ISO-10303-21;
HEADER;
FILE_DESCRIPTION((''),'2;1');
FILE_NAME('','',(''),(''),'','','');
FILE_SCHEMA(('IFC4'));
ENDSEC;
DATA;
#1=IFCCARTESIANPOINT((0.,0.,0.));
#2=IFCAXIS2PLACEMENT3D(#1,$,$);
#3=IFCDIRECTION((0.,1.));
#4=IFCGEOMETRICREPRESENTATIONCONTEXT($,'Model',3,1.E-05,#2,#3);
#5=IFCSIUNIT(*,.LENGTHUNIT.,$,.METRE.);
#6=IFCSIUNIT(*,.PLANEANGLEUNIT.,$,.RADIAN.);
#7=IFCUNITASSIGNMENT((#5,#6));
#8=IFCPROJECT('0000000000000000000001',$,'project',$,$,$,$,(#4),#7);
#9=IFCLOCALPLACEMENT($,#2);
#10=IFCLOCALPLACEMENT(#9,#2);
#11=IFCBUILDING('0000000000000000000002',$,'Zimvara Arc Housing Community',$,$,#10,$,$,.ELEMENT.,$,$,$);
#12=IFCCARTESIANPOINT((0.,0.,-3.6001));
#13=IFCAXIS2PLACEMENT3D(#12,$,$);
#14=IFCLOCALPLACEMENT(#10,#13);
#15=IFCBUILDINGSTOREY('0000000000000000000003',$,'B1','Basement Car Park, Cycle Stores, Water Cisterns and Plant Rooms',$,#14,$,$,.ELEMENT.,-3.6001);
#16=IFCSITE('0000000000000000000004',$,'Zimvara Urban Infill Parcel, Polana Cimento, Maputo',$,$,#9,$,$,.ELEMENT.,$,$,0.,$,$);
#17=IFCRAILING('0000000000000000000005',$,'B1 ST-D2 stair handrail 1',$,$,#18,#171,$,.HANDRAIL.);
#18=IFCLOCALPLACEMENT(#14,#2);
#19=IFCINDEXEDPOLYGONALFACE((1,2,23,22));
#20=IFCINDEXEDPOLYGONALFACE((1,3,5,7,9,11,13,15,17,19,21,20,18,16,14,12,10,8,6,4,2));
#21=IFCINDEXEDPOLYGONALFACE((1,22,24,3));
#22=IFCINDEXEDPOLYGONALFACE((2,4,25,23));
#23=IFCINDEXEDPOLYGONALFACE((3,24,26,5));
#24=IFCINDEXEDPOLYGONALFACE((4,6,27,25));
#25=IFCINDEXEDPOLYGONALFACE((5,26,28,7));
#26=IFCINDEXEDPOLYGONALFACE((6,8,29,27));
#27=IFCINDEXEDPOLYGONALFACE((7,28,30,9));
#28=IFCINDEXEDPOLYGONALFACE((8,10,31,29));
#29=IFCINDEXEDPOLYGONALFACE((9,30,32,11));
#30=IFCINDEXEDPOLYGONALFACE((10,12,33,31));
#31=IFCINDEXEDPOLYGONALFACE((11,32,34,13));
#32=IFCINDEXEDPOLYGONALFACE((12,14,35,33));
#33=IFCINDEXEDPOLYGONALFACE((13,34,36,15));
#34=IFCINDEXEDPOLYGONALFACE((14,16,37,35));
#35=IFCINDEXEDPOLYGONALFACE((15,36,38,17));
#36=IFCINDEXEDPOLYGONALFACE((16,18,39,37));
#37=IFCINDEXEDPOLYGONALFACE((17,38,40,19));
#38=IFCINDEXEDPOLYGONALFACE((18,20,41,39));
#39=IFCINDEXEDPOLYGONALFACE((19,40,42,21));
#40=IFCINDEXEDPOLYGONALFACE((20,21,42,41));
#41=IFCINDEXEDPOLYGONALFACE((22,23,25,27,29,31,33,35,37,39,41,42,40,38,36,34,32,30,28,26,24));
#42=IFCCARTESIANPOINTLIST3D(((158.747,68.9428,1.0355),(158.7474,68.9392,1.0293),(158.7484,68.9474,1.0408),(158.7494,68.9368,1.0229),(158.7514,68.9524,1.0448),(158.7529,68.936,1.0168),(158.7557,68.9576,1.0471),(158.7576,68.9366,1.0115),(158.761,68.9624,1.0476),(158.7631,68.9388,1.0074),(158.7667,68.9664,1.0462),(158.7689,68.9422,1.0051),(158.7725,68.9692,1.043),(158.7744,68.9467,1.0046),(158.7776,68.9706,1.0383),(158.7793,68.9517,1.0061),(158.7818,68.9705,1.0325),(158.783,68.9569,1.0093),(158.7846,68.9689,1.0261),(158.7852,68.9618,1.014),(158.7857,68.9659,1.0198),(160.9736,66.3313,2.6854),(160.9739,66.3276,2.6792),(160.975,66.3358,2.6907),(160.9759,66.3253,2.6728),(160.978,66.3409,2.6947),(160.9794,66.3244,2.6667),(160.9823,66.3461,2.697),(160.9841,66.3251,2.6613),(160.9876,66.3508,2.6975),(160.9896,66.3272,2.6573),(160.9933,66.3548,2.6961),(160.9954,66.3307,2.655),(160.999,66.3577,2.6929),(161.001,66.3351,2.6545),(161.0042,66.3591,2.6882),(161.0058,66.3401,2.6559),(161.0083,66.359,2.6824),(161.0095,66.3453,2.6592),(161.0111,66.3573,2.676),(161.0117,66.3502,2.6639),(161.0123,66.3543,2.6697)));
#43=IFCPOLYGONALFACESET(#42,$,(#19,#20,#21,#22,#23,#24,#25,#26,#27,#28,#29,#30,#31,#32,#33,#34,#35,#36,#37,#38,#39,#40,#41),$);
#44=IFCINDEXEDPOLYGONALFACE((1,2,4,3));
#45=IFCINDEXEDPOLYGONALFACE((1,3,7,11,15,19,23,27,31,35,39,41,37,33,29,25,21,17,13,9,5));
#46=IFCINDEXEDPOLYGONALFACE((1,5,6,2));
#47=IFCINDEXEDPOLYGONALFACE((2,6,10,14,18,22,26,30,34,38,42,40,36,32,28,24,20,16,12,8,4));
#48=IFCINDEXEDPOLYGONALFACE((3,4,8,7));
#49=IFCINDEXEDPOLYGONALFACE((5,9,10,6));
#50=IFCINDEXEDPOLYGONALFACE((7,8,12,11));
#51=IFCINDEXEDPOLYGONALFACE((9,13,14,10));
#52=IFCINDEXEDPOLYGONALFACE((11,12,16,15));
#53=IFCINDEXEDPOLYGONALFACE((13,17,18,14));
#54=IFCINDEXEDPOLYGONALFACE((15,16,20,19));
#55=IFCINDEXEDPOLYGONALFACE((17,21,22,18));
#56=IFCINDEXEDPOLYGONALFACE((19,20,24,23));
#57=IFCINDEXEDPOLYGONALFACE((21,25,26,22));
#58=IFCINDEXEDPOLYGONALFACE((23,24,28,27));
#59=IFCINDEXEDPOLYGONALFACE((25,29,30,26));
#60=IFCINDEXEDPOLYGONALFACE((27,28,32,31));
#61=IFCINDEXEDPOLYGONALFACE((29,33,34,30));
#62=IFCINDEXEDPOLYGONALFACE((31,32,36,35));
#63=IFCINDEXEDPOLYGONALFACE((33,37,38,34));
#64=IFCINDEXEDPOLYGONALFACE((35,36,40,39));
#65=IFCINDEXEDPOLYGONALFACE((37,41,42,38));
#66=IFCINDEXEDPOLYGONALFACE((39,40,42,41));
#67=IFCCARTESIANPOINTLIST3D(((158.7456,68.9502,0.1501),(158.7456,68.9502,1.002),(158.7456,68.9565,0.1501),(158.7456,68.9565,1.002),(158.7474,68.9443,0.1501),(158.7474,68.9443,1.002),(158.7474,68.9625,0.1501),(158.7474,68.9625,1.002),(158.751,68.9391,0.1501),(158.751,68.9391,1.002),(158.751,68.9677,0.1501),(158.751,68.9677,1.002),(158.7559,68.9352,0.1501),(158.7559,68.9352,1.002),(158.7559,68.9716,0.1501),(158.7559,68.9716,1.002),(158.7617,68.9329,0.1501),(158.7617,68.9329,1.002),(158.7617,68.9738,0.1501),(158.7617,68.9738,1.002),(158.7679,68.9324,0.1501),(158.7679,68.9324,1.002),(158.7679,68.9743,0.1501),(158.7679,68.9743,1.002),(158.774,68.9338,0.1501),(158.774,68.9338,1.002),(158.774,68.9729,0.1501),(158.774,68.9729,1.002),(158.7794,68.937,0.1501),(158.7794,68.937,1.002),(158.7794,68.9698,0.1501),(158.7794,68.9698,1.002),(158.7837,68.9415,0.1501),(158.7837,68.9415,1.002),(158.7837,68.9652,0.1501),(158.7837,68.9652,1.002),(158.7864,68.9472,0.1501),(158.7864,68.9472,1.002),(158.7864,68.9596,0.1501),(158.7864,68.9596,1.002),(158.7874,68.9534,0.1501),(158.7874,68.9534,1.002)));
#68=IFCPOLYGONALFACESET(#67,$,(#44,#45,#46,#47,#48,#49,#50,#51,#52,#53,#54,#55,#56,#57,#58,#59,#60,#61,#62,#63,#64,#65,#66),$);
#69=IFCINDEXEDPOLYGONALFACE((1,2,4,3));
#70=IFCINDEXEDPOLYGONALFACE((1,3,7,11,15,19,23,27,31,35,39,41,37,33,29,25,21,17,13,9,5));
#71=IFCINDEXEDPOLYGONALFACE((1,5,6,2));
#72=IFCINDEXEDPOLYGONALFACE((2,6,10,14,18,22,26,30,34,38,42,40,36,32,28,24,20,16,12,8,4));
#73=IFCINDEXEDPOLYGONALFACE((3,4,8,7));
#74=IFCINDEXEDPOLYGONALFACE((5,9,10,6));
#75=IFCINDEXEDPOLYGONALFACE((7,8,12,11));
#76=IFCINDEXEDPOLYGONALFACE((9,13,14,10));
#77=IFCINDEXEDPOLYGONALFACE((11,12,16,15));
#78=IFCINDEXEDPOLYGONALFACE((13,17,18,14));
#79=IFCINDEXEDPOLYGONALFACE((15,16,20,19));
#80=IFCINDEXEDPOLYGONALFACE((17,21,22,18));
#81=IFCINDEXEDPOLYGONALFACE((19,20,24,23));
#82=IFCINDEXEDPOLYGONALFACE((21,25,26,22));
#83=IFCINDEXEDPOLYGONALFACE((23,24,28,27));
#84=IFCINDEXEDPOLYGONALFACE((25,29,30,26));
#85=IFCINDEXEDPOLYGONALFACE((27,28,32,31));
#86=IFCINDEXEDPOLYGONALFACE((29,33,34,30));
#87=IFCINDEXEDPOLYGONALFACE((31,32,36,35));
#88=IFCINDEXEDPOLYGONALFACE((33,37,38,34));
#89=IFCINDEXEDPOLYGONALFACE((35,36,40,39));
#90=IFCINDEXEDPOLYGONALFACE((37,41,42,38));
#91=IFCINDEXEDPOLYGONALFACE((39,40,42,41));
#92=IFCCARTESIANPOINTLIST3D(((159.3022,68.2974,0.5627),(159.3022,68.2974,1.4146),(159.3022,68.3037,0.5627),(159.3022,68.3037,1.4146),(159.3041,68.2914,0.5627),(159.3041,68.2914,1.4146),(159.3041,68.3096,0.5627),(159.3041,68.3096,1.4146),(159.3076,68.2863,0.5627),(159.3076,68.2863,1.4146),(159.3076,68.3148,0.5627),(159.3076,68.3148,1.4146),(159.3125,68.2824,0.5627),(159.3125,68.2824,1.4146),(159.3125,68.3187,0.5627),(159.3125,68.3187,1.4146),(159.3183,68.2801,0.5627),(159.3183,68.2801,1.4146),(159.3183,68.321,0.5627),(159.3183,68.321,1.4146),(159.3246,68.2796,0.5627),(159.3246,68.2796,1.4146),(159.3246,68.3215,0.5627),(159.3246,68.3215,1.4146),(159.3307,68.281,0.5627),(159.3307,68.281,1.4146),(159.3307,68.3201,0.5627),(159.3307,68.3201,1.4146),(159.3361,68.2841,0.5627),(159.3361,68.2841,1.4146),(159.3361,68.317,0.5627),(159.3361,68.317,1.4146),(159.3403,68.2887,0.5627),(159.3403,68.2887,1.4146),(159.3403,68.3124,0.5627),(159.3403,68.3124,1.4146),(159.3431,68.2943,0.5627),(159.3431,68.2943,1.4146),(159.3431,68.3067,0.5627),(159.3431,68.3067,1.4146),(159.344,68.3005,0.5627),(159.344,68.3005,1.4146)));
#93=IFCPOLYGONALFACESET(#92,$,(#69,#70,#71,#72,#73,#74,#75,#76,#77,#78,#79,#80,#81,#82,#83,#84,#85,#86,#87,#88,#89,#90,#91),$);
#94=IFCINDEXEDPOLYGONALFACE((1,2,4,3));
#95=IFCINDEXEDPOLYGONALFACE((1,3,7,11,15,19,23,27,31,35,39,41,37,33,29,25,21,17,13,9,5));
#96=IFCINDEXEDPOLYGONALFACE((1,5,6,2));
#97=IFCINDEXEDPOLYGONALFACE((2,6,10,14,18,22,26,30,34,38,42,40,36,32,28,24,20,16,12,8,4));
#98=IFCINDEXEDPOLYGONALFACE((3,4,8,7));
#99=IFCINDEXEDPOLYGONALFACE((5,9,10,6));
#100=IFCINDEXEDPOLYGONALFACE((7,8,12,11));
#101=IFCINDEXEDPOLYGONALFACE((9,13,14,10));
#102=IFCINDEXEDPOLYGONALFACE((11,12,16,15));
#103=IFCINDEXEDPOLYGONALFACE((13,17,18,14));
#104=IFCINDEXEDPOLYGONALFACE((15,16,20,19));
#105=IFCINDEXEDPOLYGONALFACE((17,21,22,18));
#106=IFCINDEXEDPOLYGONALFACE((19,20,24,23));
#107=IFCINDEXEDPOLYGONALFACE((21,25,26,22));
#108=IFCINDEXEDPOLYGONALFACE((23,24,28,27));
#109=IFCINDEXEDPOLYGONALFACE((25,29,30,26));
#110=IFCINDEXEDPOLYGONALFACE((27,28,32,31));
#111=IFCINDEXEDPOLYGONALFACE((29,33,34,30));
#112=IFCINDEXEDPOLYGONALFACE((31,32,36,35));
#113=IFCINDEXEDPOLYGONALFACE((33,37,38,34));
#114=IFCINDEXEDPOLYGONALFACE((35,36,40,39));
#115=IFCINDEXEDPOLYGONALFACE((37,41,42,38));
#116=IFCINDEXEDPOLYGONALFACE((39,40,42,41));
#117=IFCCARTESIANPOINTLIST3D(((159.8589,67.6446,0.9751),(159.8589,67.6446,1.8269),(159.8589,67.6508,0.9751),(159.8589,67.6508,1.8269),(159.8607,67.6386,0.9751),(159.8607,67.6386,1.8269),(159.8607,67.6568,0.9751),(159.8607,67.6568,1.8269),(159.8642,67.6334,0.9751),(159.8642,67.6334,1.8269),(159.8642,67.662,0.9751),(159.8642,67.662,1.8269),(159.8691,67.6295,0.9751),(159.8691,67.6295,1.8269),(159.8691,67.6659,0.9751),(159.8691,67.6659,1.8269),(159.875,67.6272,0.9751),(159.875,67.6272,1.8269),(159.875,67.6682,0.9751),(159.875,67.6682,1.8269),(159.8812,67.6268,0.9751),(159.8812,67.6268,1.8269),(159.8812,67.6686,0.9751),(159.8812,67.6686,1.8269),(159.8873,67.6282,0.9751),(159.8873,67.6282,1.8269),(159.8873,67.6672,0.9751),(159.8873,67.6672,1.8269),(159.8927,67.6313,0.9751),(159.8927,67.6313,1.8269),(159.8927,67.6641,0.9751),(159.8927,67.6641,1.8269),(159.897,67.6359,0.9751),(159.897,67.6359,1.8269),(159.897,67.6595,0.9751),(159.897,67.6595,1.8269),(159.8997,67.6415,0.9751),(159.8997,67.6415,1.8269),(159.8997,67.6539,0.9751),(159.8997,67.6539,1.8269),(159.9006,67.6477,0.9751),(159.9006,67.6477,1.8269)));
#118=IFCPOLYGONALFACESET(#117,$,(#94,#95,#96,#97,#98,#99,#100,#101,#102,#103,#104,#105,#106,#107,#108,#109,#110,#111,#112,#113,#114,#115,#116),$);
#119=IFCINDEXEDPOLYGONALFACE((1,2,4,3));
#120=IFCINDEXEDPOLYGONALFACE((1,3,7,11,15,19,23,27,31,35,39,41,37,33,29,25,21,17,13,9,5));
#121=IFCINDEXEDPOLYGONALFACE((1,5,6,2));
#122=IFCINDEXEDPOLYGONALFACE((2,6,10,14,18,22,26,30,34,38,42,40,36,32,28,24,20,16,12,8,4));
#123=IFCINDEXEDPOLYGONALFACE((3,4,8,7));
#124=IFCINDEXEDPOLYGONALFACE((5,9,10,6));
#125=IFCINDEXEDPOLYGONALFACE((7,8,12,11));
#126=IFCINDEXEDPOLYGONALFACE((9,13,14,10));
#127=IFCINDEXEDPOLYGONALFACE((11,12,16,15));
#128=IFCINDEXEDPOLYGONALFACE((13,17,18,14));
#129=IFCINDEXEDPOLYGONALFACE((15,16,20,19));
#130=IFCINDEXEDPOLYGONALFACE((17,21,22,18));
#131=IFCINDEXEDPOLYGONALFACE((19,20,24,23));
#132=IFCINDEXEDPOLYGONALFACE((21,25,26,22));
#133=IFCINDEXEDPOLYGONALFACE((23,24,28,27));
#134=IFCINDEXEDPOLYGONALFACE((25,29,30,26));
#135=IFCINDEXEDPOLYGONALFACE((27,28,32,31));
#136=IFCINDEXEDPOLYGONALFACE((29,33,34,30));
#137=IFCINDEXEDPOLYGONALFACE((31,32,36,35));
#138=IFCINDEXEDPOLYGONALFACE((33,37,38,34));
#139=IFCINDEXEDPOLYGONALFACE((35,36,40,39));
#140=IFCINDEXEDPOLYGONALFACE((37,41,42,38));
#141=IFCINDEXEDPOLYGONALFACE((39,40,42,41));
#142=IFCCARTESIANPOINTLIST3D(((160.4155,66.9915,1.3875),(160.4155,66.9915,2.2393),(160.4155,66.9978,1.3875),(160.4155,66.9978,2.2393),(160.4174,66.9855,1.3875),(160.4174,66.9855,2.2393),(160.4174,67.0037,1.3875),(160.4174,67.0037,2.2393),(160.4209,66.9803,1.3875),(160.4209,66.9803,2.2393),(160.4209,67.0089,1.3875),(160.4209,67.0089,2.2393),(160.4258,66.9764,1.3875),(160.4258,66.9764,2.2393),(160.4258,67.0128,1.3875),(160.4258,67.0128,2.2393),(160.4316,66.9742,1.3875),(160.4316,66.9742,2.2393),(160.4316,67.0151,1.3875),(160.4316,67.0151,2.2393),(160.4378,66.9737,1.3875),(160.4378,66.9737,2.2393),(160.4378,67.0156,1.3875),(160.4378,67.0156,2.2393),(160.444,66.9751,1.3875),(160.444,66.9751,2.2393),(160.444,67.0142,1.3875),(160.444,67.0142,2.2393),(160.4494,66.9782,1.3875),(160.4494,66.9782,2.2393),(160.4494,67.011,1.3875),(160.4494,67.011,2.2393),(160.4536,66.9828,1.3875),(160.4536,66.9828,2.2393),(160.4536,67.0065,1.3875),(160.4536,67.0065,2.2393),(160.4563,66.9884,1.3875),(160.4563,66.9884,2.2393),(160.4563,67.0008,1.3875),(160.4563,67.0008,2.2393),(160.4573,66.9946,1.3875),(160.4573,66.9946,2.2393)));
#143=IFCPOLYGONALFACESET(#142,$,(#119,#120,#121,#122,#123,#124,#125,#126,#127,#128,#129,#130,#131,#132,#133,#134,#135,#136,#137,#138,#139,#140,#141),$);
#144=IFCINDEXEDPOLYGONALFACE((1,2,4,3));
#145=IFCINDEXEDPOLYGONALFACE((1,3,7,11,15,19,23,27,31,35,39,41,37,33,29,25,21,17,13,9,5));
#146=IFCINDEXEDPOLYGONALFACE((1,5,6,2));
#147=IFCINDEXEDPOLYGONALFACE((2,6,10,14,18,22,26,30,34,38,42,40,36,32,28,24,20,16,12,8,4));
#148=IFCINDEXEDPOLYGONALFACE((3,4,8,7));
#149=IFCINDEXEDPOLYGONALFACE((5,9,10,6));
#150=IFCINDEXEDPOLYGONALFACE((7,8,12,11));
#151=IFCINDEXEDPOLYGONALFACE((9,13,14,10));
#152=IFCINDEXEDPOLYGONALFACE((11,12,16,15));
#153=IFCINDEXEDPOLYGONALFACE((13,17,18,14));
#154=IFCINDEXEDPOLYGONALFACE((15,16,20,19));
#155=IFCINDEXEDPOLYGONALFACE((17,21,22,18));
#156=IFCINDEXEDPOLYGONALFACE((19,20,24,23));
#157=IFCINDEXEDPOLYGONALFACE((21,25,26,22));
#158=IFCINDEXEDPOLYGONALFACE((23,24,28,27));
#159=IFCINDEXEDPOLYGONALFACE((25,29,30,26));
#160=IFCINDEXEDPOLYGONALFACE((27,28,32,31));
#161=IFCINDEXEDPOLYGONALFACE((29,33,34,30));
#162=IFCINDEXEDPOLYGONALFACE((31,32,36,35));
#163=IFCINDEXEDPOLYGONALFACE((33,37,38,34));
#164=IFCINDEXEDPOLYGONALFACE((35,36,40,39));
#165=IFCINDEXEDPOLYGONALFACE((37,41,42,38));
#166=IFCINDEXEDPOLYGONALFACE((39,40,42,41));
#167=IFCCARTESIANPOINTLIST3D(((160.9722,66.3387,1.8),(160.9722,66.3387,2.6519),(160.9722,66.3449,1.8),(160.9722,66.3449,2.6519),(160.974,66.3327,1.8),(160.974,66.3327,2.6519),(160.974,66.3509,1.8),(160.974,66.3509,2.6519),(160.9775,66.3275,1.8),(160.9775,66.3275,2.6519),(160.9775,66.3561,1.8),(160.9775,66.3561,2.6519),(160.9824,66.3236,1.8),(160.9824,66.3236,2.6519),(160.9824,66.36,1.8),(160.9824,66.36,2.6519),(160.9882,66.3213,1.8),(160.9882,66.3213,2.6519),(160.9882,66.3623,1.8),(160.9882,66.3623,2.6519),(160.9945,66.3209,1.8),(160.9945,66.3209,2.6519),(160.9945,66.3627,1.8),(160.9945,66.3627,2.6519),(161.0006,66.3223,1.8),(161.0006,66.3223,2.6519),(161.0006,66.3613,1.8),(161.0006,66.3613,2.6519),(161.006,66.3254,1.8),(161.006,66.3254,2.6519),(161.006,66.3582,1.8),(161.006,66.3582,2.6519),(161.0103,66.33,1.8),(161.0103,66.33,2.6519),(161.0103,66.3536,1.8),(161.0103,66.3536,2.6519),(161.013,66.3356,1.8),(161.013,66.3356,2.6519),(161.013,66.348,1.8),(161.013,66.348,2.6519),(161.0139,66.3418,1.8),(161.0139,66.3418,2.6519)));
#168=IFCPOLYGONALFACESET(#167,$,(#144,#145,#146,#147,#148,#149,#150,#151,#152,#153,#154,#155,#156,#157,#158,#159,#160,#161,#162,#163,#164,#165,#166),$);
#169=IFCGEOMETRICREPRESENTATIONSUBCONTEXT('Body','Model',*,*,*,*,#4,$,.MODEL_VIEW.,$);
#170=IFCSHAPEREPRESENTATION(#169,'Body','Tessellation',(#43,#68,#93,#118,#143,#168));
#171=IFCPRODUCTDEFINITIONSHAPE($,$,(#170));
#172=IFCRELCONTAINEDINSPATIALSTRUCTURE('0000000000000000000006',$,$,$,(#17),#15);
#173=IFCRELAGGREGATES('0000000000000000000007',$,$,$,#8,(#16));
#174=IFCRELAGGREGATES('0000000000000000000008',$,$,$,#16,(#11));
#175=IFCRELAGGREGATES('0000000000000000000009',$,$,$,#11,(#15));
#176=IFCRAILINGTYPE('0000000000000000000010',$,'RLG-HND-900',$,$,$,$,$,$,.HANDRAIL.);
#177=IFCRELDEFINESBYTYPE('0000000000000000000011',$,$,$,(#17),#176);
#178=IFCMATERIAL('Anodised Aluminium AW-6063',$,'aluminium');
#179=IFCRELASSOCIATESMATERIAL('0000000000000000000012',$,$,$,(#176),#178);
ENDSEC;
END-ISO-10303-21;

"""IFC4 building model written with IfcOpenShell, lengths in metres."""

from ifc_helpers import new_model, si_unit, direction, frame, origin, origin_2d, place, context, subcontext, project, spatial, circle, extrude, material, type_object, element, save


model = new_model("IFC4")

# Units and contexts
model_context = context("Model", 3, precision=1e-05, world=origin(), true_north=direction((0.0, 1.0)))
body_context = subcontext(model_context, "Body", "Model", "MODEL_VIEW")
ifc_project = project(units=[si_unit("LENGTHUNIT", "METRE"), si_unit("PLANEANGLEUNIT", "RADIAN")], contexts=[model_context])

# Site, building, storey
site_placement = place(None, origin())
site = spatial("IfcSite", under=ifc_project, at=site_placement, Name="Zimvara Urban Infill Parcel, Polana Cimento, Maputo", CompositionType="ELEMENT", RefElevation=0.0)
building_placement = place(site_placement, origin())
building = spatial("IfcBuilding", under=site, at=building_placement, Name="Zimvara Arc Housing Community", CompositionType="ELEMENT")
storey_placement = place(building_placement, frame((0.0, 0.0, -3.6001)))
storey = spatial("IfcBuildingStorey", under=building, at=storey_placement, Name="B1", Description="Basement Car Park, Cycle Stores, Water Cisterns and Plant Rooms", CompositionType="ELEMENT", Elevation=-3.6001)

# Railing
ifc_material_1 = material(Name="Anodised Aluminium AW-6063", Category="aluminium")
railing_type = type_object("IfcRailingType", Name="RLG-HND-900", PredefinedType="HANDRAIL", material=ifc_material_1)
railing_placement = place(storey_placement, frame((158.7664, 68.9534, 0.1501)))
element("IfcRailing", 1, at=railing_placement, inside=storey, type_object=railing_type, Name="B1 ST-D2 stair handrail 1", PredefinedType="HANDRAIL", context=body_context, shape_type="SweptSolid", body=[
    extrude(circle(Radius=0.0239, at=origin_2d()), frame((0.0, 0.0, 0.876), z_axis=(0.584723, -0.685831, 0.433285), x_axis=(0.760971, 0.648786, 0.0)), (0.0, 0.0, 1.0), 3.8079),
    extrude(circle(Radius=0.021, at=origin_2d()), origin(), (0.0, 0.0, 1.0), 0.8518),
    extrude(circle(Radius=0.021, at=origin_2d()), frame((0.5566, -0.6528, 0.4126)), (0.0, 0.0, 1.0), 0.8518),
    extrude(circle(Radius=0.021, at=origin_2d()), frame((1.1133, -1.3057, 0.825)), (0.0, 0.0, 1.0), 0.8518),
    extrude(circle(Radius=0.021, at=origin_2d()), frame((1.6699, -1.9587, 1.2373)), (0.0, 0.0, 1.0), 0.8518),
    extrude(circle(Radius=0.021, at=origin_2d()), frame((2.2266, -2.6116, 1.6499)), (0.0, 0.0, 1.0), 0.8518),
])

save(model, "model.ifc")
